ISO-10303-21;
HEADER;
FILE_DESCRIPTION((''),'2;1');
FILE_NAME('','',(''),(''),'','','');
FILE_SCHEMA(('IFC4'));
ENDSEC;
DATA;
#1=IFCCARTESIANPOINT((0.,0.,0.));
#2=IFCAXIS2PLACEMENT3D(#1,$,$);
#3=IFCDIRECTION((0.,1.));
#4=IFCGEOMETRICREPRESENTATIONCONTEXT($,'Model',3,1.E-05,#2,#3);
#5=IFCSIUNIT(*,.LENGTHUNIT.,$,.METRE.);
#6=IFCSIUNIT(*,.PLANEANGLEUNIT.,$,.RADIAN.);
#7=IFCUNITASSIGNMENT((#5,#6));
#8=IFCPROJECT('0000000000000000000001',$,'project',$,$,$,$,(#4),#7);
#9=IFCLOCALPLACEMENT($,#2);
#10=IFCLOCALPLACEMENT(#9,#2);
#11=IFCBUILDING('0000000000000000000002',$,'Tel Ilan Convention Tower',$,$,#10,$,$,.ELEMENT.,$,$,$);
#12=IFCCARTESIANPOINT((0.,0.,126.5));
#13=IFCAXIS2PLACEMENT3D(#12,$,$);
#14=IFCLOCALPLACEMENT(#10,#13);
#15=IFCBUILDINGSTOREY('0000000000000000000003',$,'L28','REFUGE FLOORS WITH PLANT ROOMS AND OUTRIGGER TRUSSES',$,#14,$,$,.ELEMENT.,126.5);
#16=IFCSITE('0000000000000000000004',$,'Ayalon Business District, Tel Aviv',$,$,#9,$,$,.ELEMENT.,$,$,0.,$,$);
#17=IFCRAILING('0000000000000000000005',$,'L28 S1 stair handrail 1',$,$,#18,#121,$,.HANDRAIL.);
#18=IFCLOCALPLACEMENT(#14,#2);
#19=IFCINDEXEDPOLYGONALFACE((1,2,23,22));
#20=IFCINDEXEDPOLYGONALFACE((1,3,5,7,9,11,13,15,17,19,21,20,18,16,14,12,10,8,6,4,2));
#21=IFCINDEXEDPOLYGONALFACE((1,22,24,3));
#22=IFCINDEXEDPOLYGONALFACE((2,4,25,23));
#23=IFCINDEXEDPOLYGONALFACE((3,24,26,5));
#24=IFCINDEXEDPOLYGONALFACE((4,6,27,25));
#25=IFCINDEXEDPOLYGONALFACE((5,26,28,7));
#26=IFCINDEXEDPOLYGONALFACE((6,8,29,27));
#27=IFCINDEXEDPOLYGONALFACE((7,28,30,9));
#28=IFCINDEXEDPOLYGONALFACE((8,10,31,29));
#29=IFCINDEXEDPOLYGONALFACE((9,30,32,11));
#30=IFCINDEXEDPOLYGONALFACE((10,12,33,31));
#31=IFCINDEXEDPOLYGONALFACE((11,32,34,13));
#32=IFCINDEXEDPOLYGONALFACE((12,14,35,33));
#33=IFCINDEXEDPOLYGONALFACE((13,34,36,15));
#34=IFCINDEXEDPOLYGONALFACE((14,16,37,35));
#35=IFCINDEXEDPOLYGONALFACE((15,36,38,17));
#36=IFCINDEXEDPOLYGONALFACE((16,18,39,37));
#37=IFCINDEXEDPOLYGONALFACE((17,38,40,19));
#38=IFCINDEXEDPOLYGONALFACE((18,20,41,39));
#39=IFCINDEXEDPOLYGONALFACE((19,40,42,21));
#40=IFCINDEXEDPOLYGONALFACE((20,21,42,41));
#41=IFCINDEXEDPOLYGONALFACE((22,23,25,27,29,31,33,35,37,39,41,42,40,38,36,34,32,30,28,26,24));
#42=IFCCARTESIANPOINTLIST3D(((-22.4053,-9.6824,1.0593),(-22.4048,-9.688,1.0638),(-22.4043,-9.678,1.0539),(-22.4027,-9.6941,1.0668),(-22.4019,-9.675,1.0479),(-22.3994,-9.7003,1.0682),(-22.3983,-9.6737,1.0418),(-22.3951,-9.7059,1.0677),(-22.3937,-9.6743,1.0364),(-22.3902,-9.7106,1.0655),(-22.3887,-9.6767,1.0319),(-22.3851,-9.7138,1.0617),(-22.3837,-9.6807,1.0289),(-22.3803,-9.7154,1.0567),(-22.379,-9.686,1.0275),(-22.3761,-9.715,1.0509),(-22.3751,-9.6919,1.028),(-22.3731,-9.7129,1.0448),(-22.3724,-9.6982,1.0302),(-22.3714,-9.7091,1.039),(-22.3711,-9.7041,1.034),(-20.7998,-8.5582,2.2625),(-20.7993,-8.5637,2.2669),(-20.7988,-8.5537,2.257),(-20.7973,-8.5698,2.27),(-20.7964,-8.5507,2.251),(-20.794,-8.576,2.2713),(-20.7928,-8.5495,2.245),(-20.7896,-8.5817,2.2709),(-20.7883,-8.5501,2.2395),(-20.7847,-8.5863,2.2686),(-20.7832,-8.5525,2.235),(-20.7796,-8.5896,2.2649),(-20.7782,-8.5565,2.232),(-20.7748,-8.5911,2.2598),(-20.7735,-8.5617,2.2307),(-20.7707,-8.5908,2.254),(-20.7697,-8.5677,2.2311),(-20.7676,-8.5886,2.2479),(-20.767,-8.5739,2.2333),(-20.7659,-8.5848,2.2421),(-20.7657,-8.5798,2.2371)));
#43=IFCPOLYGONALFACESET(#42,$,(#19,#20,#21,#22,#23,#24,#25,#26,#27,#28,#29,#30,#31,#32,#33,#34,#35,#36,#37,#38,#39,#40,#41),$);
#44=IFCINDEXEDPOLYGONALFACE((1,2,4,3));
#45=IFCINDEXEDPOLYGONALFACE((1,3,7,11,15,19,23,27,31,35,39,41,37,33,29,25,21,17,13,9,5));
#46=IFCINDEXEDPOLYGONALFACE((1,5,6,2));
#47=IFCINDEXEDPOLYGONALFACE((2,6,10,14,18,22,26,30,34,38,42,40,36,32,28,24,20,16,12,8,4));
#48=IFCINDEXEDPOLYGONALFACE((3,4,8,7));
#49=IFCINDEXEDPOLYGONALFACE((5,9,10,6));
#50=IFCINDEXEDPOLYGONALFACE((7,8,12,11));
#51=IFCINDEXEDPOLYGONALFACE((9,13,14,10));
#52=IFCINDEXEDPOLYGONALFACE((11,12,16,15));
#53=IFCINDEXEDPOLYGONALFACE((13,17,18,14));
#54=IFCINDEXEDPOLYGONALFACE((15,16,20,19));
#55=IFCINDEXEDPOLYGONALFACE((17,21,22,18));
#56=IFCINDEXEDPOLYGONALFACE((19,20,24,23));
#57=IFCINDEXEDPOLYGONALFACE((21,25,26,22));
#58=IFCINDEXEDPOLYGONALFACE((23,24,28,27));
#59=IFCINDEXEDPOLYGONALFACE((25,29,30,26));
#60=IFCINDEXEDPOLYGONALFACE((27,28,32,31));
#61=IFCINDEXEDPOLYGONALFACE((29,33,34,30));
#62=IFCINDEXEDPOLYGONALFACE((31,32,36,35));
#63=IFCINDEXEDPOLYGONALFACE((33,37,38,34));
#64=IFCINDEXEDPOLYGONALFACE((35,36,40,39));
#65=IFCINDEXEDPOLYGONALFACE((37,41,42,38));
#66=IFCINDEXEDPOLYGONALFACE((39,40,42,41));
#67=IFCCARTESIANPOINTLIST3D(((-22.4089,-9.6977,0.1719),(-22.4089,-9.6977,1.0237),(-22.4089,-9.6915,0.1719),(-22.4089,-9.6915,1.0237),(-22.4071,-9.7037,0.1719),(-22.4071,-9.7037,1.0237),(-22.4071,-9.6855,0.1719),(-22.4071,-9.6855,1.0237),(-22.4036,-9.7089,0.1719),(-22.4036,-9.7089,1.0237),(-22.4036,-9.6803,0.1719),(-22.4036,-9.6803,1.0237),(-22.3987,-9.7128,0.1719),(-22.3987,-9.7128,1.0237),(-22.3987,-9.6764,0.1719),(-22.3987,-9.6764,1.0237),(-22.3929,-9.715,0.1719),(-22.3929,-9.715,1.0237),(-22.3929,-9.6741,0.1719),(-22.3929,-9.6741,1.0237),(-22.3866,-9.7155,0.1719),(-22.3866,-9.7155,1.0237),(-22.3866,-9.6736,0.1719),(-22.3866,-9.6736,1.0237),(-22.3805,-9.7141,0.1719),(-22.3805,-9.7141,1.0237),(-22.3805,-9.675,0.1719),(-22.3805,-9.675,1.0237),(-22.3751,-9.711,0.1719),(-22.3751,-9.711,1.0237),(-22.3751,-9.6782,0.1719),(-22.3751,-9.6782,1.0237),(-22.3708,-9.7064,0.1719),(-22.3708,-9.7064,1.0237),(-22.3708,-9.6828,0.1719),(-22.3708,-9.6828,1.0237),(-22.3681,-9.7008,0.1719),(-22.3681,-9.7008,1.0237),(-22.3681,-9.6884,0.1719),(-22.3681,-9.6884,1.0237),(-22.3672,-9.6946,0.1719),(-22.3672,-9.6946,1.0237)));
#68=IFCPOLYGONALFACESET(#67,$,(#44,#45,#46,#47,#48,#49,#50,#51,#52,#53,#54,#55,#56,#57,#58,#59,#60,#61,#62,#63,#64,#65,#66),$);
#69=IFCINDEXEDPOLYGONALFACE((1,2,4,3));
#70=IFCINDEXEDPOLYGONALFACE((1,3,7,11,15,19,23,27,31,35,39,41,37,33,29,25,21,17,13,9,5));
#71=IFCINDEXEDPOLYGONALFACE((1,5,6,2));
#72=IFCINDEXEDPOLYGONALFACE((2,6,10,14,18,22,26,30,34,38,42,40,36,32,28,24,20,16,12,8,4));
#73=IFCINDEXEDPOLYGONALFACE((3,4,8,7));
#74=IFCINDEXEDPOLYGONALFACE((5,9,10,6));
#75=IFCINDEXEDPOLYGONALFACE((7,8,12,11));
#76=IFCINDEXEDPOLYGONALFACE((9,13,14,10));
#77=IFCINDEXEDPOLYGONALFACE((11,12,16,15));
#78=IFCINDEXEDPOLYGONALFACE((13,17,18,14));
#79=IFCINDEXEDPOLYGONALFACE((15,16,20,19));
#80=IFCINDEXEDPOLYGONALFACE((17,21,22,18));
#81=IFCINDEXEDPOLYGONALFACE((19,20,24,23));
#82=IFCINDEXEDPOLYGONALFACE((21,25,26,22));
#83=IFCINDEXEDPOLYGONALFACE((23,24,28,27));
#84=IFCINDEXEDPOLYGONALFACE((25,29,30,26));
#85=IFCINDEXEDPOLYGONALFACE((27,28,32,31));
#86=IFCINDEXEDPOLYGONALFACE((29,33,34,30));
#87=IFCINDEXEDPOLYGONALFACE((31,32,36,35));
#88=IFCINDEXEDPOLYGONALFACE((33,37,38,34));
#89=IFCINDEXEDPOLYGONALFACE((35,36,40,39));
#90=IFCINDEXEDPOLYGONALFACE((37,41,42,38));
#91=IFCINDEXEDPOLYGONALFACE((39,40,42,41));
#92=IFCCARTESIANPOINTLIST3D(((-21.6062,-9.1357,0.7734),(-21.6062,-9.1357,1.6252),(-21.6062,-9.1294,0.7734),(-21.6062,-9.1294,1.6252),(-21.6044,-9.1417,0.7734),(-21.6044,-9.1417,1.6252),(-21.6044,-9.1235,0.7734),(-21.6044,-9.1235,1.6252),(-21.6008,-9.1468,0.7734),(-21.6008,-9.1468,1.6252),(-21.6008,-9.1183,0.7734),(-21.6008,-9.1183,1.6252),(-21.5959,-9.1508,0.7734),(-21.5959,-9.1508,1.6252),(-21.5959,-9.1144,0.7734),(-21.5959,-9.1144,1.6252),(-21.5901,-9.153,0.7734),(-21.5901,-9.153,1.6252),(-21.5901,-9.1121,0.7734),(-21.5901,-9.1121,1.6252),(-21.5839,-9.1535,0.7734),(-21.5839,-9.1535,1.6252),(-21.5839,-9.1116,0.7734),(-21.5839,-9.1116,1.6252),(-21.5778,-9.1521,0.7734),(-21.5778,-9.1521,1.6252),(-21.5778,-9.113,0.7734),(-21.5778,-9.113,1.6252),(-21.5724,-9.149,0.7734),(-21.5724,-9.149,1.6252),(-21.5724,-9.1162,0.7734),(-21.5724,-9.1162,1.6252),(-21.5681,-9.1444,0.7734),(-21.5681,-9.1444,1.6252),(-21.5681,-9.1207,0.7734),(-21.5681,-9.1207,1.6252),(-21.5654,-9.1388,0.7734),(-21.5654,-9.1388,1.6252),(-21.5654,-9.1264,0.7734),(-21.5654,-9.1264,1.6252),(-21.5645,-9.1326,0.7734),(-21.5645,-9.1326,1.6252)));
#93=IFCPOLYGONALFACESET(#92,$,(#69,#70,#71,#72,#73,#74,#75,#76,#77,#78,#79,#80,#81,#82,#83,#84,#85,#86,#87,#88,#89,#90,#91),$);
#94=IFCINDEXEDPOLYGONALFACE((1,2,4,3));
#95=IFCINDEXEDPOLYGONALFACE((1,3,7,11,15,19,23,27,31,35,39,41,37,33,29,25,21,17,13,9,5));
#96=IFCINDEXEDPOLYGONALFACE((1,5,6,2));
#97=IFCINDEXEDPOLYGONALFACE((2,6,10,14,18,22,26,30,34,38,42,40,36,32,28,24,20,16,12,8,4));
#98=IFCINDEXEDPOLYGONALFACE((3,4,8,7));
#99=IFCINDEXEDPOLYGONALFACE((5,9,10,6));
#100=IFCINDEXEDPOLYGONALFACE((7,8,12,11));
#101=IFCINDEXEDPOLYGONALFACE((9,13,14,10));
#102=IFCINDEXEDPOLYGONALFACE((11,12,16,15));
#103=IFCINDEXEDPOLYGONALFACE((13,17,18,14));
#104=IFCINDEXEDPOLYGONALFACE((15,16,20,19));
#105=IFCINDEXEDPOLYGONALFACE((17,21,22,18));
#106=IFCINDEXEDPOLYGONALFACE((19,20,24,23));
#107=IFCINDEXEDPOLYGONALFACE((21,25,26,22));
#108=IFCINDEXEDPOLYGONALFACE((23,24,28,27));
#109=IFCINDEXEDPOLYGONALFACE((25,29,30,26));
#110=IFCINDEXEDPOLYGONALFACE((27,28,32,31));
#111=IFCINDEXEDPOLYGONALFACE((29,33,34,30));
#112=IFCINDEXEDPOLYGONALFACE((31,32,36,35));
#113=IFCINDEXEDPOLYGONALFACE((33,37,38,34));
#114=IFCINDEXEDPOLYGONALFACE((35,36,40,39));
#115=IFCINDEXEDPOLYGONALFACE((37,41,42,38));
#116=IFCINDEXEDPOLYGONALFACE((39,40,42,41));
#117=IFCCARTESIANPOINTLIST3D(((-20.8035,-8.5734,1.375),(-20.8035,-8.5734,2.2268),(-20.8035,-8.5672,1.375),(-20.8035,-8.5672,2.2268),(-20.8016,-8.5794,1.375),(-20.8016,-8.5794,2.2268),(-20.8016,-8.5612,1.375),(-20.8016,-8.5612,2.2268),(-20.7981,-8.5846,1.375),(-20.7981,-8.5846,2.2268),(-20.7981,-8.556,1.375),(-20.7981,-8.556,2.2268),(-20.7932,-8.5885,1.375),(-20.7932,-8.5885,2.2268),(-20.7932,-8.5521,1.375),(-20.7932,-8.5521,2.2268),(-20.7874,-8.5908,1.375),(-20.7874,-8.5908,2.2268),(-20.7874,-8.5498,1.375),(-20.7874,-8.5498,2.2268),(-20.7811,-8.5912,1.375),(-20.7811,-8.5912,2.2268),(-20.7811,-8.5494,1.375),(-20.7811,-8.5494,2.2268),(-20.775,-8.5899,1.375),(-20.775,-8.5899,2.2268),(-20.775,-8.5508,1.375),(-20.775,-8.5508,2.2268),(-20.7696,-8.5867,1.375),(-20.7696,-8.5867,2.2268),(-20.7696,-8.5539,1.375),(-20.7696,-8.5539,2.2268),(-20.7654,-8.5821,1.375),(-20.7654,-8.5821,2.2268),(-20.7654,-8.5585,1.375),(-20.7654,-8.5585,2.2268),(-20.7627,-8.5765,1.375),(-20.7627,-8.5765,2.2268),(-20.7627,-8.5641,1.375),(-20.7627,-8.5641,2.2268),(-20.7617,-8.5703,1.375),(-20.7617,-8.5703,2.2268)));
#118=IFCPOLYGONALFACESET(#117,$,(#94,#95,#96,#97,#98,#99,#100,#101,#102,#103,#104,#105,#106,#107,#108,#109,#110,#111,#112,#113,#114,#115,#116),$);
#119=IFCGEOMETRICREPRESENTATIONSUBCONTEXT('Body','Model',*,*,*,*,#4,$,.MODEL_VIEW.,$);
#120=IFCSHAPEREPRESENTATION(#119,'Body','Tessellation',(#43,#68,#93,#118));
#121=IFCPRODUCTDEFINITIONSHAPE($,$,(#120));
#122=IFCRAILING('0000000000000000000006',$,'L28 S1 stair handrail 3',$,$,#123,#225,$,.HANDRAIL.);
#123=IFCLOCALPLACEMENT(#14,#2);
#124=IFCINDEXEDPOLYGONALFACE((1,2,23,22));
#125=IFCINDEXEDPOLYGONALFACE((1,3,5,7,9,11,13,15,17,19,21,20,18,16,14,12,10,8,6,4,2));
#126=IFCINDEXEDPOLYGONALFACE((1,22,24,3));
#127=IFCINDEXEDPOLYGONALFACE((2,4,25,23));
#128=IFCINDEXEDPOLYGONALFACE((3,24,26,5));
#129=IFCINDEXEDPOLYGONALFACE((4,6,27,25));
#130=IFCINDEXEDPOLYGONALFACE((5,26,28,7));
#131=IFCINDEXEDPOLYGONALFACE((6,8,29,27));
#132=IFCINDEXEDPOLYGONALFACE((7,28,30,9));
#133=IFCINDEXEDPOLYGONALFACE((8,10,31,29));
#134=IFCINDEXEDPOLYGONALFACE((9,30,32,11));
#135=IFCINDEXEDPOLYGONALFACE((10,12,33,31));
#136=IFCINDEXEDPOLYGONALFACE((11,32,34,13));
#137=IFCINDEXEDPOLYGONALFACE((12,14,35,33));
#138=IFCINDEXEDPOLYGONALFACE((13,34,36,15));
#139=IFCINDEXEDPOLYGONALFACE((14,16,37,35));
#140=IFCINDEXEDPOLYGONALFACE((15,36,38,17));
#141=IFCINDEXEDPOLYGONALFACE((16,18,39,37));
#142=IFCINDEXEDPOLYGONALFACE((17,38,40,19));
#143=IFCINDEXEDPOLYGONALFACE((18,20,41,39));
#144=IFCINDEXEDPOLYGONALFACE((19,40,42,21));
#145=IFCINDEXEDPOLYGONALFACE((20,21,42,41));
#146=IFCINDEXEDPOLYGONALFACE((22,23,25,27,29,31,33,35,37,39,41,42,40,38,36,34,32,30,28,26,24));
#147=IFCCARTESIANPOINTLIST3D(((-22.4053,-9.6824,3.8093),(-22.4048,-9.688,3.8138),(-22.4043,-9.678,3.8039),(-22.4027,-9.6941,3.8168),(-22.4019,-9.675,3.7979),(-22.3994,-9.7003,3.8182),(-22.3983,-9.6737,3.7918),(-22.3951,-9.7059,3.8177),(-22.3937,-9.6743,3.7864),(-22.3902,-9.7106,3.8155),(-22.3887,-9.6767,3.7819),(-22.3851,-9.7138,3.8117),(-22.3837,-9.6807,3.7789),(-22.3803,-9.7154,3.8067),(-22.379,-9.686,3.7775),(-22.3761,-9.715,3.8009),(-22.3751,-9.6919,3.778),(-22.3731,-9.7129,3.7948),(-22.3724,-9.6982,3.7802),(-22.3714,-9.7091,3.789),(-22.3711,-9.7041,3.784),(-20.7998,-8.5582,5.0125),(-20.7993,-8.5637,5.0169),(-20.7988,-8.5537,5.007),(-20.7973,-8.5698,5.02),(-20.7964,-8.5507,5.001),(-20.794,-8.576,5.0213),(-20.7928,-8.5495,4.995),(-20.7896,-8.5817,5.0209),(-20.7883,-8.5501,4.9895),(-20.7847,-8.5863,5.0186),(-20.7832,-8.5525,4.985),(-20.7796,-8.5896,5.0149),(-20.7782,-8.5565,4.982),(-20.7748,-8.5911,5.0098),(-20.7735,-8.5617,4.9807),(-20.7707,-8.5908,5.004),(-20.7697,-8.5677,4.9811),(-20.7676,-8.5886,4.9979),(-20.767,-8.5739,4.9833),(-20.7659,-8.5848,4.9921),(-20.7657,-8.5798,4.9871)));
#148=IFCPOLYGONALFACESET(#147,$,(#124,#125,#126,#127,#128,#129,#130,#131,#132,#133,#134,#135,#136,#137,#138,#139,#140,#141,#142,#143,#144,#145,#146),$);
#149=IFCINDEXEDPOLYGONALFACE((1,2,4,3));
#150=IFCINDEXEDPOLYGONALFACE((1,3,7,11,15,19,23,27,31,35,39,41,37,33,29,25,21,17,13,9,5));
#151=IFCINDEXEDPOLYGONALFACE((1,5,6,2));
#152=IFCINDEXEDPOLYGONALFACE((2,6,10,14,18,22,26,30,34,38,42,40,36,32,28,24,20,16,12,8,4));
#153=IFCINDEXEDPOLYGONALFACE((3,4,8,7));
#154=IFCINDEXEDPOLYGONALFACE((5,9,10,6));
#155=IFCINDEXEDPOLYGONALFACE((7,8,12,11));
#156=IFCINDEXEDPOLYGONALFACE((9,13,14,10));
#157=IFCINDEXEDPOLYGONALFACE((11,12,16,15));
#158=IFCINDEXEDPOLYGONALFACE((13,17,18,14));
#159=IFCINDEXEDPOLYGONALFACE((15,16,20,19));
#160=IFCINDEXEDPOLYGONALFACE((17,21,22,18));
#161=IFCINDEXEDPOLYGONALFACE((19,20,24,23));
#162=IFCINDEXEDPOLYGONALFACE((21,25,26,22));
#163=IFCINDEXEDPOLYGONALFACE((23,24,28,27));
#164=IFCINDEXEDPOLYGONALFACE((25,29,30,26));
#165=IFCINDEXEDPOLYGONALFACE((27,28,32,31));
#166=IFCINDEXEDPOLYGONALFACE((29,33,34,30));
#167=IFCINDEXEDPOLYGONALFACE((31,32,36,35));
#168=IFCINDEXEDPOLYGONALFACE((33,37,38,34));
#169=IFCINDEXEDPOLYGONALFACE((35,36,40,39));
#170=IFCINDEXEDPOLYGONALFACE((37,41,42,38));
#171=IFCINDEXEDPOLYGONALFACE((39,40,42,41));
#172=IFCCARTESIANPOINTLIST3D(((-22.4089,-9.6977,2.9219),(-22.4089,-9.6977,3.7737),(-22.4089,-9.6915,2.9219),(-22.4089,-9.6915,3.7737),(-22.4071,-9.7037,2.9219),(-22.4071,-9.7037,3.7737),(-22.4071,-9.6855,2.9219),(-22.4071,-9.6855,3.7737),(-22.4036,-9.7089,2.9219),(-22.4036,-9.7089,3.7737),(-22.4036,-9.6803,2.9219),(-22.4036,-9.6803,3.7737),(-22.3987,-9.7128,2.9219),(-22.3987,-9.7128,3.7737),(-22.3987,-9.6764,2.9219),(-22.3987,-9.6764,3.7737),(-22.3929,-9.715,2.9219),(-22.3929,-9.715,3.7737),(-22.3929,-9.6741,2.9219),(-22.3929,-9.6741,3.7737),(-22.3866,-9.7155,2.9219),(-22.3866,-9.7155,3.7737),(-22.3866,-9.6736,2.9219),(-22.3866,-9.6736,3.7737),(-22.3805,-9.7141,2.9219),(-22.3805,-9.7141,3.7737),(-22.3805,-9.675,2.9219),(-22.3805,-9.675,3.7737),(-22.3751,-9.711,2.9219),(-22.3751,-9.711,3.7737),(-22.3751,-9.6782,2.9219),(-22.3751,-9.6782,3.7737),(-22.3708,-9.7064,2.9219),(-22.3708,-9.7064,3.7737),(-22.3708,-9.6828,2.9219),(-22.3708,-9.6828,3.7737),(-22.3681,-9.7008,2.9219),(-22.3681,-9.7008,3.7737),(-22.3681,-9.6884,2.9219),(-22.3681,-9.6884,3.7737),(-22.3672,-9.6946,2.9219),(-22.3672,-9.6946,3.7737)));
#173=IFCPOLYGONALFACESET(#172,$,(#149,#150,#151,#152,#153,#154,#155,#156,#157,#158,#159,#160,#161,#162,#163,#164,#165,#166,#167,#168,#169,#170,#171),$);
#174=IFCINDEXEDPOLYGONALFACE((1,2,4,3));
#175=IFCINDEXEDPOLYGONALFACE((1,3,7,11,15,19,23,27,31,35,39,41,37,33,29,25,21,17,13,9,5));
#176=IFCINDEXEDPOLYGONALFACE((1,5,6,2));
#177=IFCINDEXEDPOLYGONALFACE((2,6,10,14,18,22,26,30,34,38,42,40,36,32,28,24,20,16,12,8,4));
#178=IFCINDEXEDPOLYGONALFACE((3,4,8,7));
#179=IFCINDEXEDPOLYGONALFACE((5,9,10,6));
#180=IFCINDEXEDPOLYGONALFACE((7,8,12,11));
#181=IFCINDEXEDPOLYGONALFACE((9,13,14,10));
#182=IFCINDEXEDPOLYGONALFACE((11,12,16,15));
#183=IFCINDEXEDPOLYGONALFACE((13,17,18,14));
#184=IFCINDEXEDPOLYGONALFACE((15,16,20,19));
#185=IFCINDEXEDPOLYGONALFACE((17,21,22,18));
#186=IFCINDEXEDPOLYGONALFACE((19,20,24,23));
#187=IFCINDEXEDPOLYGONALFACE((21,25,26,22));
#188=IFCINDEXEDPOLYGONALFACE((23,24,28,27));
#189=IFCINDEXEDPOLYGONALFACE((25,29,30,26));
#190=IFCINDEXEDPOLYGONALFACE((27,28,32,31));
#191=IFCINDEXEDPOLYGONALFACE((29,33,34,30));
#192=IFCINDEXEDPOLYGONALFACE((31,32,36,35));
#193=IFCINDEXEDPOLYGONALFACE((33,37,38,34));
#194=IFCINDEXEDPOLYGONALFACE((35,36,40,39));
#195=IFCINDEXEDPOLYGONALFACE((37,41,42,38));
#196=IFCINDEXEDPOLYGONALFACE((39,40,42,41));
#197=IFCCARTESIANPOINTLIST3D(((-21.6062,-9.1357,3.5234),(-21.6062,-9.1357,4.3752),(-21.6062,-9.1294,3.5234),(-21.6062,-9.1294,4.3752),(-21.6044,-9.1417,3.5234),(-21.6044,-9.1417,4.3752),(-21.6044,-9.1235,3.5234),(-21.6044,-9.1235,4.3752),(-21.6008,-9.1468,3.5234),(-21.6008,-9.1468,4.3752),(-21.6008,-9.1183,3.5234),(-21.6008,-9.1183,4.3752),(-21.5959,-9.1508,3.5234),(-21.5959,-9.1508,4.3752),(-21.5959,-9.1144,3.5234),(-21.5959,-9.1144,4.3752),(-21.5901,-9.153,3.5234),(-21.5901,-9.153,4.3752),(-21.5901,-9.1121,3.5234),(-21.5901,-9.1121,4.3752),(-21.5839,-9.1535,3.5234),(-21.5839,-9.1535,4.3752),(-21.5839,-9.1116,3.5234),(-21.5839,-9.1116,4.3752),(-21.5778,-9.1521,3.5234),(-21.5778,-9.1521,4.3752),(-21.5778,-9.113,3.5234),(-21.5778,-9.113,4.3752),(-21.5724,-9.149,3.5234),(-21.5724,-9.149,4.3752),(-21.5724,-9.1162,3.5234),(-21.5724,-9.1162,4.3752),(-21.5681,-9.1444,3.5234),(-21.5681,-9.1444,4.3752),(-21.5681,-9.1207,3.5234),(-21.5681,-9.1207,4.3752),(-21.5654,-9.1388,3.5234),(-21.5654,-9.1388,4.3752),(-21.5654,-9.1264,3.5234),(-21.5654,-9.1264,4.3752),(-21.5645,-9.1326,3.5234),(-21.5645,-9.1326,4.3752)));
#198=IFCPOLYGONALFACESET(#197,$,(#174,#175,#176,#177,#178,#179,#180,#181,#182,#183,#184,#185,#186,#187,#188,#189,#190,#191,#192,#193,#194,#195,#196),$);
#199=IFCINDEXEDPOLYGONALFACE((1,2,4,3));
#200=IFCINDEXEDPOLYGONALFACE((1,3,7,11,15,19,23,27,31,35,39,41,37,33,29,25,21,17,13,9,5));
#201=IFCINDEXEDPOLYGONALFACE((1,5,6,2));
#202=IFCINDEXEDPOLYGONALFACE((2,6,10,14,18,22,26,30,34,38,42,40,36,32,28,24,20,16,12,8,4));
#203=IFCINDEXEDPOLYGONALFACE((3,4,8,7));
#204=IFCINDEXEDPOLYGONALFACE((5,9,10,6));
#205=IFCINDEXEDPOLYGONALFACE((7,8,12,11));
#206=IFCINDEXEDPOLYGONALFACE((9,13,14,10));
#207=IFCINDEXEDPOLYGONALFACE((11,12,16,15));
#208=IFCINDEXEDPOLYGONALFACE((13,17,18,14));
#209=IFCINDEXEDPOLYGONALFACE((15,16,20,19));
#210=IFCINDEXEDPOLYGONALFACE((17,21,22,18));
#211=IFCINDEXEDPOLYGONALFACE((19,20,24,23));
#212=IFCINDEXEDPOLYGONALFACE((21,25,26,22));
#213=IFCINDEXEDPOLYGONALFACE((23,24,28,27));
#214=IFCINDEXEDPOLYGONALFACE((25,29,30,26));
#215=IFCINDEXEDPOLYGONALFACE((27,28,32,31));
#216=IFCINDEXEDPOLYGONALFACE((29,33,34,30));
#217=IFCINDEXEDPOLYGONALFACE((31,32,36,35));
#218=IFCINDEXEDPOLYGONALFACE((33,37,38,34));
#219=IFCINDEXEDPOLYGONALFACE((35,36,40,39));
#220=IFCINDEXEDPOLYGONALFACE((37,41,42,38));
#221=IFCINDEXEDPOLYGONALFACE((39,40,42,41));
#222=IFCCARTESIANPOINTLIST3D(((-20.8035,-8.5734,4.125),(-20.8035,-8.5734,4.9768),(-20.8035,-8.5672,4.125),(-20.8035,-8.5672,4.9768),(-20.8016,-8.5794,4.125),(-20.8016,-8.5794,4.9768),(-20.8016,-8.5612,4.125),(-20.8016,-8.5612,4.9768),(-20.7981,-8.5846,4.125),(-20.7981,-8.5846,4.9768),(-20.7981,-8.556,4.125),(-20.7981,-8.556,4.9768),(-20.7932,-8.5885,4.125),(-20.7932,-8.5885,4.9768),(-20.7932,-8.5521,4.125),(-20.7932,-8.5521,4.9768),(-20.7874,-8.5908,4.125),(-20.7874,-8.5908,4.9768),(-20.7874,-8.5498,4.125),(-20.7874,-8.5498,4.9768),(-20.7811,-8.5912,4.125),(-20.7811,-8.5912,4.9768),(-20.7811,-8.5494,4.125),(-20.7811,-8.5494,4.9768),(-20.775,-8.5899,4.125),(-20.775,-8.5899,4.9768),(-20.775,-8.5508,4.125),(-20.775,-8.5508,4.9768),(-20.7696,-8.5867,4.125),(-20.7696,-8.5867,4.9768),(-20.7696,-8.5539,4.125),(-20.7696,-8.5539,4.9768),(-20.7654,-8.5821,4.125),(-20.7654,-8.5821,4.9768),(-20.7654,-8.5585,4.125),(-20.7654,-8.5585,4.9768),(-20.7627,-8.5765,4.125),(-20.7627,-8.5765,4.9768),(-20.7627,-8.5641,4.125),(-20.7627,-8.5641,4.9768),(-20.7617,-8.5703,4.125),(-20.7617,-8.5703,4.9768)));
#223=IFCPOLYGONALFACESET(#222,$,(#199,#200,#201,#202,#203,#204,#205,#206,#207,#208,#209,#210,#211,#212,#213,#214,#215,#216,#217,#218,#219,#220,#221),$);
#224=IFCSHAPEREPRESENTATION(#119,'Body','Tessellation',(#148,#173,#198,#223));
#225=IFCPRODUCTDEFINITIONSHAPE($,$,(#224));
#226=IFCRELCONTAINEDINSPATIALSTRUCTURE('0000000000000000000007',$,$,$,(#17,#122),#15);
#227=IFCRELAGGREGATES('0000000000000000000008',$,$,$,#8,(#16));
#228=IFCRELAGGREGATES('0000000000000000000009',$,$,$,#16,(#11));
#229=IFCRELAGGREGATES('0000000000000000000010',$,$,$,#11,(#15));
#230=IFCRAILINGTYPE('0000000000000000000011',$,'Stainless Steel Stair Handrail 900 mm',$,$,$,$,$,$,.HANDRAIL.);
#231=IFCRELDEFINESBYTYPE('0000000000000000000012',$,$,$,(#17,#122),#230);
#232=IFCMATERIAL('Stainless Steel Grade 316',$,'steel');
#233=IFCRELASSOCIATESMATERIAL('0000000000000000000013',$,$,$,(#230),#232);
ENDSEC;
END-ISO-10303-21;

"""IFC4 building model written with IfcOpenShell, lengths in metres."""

from ifc_helpers import new_model, si_unit, direction, frame, origin, origin_2d, place, context, subcontext, project, spatial, circle, extrude, material, type_object, element, save


model = new_model("IFC4")

# Units and contexts
model_context = context("Model", 3, precision=1e-05, world=origin(), true_north=direction((0.0, 1.0)))
body_context = subcontext(model_context, "Body", "Model", "MODEL_VIEW")
ifc_project = project(units=[si_unit("LENGTHUNIT", "METRE"), si_unit("PLANEANGLEUNIT", "RADIAN")], contexts=[model_context])

# Site, building, storey
site_placement = place(None, origin())
site = spatial("IfcSite", under=ifc_project, at=site_placement, Name="Ayalon Business District, Tel Aviv", CompositionType="ELEMENT", RefElevation=0.0)
building_placement = place(site_placement, origin())
building = spatial("IfcBuilding", under=site, at=building_placement, Name="Tel Ilan Convention Tower", CompositionType="ELEMENT")
storey_placement = place(building_placement, frame((0.0, 0.0, 126.5)))
storey = spatial("IfcBuildingStorey", under=building, at=storey_placement, Name="L28", Description="REFUGE FLOORS WITH PLANT ROOMS AND OUTRIGGER TRUSSES", CompositionType="ELEMENT", Elevation=126.5)

# Railings
ifc_material_1 = material(Name="Stainless Steel Grade 316", Category="steel")
railing_type_1 = type_object("IfcRailingType", Name="Stainless Steel Stair Handrail 900 mm", PredefinedType="HANDRAIL", material=ifc_material_1)
for number, where, name in (
    (1, (-22.3882, -9.6946, 0.1719), "L28 S1 stair handrail 1"),
    (2, (-22.3882, -9.6946, 2.9219), "L28 S1 stair handrail 3"),
):
    element("IfcRailing", number, at=place(storey_placement, frame(where)), inside=storey, type_object=railing_type_1, Name=name, PredefinedType="HANDRAIL", context=body_context, shape_type="SweptSolid", body=[
        extrude(circle(Radius=0.0239, at=origin_2d()), frame((0.0, 0.0, 0.876), z_axis=(0.698095, 0.488857, 0.523146), x_axis=(-0.573613, 0.819127, 0.0)), (0.0, 0.0, 1.0), 2.2998),
        extrude(circle(Radius=0.021, at=origin_2d()), origin(), (0.0, 0.0, 1.0), 0.8518),
        extrude(circle(Radius=0.021, at=origin_2d()), frame((0.8027, 0.562, 0.6016)), (0.0, 0.0, 1.0), 0.8518),
        extrude(circle(Radius=0.021, at=origin_2d()), frame((1.6055, 1.1243, 1.2031)), (0.0, 0.0, 1.0), 0.8518),
    ])

save(model, "model.ifc")
